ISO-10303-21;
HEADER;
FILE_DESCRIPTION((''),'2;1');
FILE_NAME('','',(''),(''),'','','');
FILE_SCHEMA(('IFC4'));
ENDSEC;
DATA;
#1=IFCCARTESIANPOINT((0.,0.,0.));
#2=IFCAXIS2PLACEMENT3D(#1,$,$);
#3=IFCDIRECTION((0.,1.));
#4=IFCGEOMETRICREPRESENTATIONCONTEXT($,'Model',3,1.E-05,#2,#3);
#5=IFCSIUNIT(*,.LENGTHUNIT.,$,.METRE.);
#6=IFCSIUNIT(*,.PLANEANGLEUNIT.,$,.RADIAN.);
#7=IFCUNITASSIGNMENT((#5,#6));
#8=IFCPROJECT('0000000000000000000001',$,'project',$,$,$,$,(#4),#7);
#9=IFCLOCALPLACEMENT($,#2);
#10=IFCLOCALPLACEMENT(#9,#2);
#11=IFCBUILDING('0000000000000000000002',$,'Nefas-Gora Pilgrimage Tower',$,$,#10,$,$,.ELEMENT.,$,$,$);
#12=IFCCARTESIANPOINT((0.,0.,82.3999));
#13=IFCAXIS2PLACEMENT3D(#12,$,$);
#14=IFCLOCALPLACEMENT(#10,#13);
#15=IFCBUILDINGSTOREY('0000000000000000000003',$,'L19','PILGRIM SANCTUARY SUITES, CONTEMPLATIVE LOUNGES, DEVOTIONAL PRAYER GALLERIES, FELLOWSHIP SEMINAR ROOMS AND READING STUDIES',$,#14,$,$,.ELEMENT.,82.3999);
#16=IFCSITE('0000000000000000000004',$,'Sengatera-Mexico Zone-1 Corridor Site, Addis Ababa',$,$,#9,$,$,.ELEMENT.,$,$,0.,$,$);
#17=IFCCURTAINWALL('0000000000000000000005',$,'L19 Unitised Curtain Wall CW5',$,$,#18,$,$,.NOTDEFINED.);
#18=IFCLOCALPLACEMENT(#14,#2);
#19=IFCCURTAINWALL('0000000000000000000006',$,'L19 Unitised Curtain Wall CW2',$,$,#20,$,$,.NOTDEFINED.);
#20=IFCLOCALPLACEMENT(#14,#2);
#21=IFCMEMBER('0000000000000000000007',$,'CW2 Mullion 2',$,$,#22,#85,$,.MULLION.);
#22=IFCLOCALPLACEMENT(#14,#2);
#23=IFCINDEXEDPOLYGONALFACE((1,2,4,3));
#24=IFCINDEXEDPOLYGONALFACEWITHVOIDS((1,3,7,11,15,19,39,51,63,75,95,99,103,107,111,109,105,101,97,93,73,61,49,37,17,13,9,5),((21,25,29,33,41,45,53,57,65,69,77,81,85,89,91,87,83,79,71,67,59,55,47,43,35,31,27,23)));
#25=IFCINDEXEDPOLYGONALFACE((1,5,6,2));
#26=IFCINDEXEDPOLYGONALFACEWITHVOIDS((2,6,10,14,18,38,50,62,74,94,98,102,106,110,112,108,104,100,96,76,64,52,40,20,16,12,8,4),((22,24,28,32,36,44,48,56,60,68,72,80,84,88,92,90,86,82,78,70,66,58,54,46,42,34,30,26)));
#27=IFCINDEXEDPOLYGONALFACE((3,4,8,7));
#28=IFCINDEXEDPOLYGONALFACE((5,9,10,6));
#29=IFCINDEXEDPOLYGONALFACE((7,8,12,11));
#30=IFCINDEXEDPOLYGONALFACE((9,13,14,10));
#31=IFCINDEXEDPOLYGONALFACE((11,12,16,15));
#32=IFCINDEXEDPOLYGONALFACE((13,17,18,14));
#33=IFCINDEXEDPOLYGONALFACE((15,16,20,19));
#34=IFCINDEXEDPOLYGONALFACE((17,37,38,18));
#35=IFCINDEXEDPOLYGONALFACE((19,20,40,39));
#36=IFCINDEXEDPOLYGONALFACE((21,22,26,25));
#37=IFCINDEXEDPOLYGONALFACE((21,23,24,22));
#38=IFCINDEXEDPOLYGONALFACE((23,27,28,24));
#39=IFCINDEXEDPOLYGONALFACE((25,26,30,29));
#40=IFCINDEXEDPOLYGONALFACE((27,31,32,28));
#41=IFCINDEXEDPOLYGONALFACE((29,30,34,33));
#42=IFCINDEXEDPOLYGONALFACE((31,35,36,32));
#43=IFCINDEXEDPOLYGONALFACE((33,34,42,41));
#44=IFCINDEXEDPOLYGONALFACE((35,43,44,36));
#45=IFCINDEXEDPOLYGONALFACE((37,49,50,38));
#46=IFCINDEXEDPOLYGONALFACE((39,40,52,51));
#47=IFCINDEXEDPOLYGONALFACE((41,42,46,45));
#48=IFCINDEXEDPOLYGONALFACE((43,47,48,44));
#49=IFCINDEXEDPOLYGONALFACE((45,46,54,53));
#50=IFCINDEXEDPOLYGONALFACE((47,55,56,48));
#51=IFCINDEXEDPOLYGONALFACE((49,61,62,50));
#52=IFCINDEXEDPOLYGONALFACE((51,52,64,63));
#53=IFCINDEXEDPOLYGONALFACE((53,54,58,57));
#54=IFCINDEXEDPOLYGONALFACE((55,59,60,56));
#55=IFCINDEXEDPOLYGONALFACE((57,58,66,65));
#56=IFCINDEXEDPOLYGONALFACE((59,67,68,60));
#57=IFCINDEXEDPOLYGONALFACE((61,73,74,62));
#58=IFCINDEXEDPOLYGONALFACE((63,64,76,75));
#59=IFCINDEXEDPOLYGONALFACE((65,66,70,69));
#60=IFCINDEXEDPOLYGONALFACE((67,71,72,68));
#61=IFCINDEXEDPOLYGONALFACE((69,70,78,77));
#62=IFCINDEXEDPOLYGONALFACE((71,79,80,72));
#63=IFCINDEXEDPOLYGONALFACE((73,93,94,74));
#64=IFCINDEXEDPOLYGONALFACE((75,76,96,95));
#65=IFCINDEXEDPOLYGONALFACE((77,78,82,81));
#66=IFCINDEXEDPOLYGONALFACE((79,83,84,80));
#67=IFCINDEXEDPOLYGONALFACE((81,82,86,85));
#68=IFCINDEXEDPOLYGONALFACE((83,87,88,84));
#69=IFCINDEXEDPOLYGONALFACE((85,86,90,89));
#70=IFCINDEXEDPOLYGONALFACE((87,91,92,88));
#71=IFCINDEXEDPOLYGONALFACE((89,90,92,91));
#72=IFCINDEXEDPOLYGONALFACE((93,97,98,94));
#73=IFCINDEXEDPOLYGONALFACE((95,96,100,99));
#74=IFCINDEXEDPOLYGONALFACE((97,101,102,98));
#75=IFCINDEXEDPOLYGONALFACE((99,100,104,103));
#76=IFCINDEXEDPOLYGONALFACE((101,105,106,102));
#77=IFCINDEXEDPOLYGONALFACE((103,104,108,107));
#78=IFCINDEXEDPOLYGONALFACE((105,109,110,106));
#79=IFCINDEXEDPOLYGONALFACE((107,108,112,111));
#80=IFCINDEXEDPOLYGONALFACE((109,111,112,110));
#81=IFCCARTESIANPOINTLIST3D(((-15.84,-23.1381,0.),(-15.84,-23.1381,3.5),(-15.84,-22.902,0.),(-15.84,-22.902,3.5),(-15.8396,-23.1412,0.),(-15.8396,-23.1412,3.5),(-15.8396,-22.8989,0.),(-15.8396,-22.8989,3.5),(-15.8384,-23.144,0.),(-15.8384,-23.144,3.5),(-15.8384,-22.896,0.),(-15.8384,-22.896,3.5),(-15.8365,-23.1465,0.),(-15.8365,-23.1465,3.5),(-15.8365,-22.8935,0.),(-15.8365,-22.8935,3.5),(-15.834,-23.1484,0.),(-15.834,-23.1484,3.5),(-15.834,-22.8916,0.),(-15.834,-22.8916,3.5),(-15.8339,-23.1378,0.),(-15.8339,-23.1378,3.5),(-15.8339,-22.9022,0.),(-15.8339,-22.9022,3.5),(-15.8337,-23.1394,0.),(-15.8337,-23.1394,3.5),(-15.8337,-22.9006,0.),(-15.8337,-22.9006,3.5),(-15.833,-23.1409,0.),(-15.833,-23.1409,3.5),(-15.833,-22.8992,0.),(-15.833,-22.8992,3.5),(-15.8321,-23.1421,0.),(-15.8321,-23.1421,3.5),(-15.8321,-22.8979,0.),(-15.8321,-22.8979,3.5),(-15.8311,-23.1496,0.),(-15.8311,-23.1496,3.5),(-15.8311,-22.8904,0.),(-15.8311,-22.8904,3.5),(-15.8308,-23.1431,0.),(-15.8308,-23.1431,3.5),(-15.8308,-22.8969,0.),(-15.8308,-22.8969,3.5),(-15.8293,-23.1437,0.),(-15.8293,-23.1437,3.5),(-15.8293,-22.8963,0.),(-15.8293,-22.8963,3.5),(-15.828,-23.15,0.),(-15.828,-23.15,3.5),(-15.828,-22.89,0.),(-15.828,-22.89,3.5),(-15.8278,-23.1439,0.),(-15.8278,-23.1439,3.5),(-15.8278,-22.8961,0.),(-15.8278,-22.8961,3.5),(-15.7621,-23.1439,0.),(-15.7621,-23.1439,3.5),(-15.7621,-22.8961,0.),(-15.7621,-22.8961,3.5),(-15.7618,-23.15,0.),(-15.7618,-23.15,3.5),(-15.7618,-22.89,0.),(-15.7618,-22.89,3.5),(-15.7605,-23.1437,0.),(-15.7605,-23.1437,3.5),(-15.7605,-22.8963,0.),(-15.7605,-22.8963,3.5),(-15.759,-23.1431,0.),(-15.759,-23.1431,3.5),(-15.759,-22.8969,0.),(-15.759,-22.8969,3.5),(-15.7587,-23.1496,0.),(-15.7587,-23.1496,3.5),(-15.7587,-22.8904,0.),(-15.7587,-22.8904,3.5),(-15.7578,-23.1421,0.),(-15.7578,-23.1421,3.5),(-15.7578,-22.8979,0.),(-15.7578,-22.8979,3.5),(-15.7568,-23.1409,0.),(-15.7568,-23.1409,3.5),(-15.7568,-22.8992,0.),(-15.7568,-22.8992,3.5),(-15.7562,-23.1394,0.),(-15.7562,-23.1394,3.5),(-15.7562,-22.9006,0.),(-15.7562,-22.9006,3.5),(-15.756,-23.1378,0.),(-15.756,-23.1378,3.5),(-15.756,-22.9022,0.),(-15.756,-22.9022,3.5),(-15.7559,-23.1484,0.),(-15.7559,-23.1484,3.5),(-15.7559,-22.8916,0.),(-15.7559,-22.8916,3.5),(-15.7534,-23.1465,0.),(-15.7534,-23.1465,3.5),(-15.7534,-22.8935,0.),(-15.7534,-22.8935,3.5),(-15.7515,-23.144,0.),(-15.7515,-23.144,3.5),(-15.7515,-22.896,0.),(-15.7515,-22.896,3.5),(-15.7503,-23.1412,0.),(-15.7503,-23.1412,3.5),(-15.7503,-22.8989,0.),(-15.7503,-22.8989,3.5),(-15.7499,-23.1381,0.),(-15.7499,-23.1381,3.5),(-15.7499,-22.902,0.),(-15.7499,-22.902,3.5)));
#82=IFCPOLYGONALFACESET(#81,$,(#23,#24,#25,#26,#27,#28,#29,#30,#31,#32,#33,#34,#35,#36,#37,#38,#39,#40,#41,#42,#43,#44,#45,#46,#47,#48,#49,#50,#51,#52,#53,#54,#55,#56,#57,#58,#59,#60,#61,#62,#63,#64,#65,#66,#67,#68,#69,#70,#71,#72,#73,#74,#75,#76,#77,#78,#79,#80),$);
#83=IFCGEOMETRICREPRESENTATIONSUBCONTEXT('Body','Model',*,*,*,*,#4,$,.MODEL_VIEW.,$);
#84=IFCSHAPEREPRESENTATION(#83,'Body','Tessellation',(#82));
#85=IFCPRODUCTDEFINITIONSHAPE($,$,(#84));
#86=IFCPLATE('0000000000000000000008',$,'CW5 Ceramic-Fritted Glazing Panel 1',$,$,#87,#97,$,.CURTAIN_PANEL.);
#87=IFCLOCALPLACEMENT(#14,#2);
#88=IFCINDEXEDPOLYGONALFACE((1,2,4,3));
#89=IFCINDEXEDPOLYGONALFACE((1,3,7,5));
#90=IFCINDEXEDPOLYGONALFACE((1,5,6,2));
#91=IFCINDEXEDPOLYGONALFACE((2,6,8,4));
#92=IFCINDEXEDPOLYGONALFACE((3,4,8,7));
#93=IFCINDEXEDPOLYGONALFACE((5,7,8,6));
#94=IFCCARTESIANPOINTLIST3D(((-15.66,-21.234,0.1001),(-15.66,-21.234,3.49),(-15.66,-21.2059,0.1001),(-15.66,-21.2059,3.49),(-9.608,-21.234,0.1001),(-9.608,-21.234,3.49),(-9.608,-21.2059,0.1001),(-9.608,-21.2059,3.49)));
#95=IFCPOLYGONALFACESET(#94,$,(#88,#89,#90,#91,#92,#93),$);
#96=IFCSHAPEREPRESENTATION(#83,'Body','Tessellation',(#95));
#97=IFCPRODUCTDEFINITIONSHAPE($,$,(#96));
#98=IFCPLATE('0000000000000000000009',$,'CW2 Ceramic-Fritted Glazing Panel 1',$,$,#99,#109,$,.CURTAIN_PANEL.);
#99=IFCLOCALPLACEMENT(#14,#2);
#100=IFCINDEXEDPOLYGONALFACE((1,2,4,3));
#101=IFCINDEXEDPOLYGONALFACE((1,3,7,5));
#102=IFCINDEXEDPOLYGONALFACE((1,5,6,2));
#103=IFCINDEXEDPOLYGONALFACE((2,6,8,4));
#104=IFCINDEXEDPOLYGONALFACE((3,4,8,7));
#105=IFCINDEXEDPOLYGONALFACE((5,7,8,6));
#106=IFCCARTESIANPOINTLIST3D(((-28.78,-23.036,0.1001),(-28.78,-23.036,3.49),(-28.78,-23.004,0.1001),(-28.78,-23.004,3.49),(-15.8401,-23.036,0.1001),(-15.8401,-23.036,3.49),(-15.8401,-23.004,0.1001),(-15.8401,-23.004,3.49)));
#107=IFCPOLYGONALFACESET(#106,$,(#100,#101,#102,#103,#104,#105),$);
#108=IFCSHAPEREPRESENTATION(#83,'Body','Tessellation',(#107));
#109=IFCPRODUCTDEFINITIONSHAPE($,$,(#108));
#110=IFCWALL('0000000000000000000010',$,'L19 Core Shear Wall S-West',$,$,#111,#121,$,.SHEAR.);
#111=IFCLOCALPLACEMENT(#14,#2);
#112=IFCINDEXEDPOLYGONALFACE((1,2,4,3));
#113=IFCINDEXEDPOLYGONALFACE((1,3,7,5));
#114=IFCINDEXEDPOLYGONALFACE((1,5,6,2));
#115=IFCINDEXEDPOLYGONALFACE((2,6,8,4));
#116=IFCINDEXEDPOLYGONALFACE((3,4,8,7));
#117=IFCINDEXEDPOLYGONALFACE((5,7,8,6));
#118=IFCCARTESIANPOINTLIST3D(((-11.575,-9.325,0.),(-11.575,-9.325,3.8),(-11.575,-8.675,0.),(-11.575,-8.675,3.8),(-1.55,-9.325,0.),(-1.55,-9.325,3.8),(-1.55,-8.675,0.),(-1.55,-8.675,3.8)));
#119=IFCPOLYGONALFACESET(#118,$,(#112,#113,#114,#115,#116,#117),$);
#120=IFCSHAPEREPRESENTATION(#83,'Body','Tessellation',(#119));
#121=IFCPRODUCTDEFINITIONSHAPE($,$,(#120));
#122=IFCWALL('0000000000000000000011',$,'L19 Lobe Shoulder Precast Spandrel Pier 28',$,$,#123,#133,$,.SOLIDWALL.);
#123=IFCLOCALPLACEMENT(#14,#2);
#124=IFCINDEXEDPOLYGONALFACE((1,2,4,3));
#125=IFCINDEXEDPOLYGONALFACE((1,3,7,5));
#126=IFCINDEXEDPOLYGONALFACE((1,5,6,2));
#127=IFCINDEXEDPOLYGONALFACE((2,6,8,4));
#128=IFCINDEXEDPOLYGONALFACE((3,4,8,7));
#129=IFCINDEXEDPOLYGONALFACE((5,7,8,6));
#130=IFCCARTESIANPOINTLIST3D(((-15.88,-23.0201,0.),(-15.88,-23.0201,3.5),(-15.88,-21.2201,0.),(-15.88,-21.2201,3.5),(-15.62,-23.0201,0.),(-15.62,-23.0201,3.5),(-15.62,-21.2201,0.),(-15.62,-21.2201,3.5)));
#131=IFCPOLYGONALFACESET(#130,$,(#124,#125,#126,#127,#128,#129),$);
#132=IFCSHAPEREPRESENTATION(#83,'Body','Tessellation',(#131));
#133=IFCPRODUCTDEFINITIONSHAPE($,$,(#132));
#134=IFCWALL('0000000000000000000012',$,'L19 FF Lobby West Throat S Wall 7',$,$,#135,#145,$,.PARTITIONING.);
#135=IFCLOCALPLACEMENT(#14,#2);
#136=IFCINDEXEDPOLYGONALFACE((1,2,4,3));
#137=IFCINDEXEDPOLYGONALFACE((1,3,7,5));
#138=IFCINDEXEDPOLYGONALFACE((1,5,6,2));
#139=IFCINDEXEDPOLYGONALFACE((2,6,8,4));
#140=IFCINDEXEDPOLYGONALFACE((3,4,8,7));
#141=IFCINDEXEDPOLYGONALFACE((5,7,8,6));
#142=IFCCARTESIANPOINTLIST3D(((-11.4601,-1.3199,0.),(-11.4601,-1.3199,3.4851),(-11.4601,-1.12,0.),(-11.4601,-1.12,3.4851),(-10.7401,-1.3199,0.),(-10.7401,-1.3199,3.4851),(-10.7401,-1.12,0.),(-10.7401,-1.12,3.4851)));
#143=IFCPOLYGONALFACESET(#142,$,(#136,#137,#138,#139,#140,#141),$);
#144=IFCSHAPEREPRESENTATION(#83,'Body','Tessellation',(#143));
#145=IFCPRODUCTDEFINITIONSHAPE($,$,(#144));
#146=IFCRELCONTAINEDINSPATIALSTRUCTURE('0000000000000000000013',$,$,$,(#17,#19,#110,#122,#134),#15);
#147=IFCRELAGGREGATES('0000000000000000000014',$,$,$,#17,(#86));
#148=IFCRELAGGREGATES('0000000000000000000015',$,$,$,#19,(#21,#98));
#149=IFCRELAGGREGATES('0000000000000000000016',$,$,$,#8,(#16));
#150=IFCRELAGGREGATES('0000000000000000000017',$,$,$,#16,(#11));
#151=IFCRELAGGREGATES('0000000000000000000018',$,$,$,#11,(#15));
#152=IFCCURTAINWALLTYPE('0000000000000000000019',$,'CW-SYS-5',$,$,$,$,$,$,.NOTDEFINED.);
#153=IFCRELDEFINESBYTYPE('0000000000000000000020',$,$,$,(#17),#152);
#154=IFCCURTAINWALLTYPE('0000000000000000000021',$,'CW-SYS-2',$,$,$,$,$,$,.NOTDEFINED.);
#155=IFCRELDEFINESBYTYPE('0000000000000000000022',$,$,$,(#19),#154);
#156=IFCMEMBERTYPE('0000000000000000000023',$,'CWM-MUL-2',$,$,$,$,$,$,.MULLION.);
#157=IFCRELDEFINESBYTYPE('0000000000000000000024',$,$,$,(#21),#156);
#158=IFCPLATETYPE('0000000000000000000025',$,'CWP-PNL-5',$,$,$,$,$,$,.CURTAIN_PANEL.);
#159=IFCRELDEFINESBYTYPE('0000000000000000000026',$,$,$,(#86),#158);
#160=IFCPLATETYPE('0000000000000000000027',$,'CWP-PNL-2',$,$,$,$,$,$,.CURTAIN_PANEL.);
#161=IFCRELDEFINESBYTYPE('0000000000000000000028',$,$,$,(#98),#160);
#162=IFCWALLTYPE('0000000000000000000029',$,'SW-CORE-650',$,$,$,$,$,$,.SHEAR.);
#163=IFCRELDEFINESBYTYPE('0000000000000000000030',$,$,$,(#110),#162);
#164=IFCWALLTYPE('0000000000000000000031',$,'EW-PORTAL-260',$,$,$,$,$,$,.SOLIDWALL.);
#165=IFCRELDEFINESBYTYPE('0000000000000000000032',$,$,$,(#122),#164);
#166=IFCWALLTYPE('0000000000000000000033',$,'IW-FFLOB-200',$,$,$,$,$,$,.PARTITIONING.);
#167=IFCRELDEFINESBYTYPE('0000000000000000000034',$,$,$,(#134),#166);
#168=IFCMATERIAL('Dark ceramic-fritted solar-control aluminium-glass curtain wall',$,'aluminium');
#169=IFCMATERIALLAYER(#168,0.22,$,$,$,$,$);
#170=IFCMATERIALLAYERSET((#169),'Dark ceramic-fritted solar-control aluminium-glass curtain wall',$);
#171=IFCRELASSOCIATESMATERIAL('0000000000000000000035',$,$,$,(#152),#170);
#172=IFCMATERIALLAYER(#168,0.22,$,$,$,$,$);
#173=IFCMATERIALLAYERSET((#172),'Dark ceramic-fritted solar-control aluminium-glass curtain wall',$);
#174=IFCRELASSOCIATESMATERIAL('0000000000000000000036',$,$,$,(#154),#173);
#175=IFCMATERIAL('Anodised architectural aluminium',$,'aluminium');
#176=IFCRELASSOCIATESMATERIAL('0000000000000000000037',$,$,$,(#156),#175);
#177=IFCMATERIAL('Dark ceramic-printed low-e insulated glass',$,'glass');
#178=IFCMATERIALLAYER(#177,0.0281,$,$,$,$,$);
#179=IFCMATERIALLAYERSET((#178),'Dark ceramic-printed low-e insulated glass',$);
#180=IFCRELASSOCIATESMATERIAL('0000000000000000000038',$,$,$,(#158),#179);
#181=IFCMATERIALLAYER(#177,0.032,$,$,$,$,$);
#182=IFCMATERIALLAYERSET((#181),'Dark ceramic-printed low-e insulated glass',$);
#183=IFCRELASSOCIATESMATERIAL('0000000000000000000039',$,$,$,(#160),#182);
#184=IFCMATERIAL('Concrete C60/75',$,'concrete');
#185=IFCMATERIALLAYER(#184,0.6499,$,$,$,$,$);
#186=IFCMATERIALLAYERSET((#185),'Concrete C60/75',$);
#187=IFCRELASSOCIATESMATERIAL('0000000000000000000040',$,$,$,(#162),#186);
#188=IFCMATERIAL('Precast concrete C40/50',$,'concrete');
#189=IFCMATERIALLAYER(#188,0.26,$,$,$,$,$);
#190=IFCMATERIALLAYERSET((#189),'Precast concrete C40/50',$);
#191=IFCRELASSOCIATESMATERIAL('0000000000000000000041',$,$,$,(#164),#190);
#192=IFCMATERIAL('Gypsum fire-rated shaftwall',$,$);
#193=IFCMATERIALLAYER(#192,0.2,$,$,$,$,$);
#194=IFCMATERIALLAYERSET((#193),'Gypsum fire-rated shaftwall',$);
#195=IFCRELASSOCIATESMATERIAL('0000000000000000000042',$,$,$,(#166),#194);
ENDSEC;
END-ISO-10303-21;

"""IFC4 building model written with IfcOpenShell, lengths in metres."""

from ifc_helpers import new_model, si_unit, direction, frame, frame_2d, origin, origin_2d, place, context, subcontext, project, spatial, rectangle, hollow_rectangle, extrude, source, transform, mapped, material, layer, layer_set, material_profile, profile_set, type_object, element, aggregate, save


model = new_model("IFC4")

# Units and contexts
model_context = context("Model", 3, precision=1e-05, world=origin(), true_north=direction((0.0, 1.0)))
body_context = subcontext(model_context, "Body", "Model", "MODEL_VIEW")
ifc_project = project(units=[si_unit("LENGTHUNIT", "METRE"), si_unit("PLANEANGLEUNIT", "RADIAN")], contexts=[model_context])

# Site, building, storey
site_placement = place(None, origin())
site = spatial("IfcSite", under=ifc_project, at=site_placement, Name="Sengatera-Mexico Zone-1 Corridor Site, Addis Ababa", CompositionType="ELEMENT", RefElevation=0.0)
building_placement = place(site_placement, origin())
building = spatial("IfcBuilding", under=site, at=building_placement, Name="Nefas-Gora Pilgrimage Tower", CompositionType="ELEMENT")
storey_placement = place(building_placement, frame((0.0, 0.0, 82.3999)))
storey = spatial("IfcBuildingStorey", under=building, at=storey_placement, Name="L19", Description="PILGRIM SANCTUARY SUITES, CONTEMPLATIVE LOUNGES, DEVOTIONAL PRAYER GALLERIES, FELLOWSHIP SEMINAR ROOMS AND READING STUDIES", CompositionType="ELEMENT", Elevation=82.3999)

# Curtain wall
ifc_material_1 = material(Name="Dark ceramic-fritted solar-control aluminium-glass curtain wall", Category="aluminium")
ifc_layer_1 = layer(ifc_material_1, 0.22)
ifc_layer_set_1 = layer_set([ifc_layer_1], Name="Dark ceramic-fritted solar-control aluminium-glass curtain wall")
curtain_wall_type_1 = type_object("IfcCurtainWallType", Name="CW-SYS-5", PredefinedType="NOTDEFINED", material=ifc_layer_set_1)
curtain_wall_1_placement = place(storey_placement, origin())
curtain_wall_1 = element("IfcCurtainWall", 1, at=curtain_wall_1_placement, inside=storey, type_object=curtain_wall_type_1, Name="L19 Unitised Curtain Wall CW5", PredefinedType="NOTDEFINED")
ifc_material_2 = material(Name="Anodised architectural aluminium", Category="aluminium")

# Curtain wall, member
ifc_layer_2 = layer(ifc_material_1, 0.22)
ifc_layer_set_2 = layer_set([ifc_layer_2], Name="Dark ceramic-fritted solar-control aluminium-glass curtain wall")
curtain_wall_type_2 = type_object("IfcCurtainWallType", Name="CW-SYS-2", PredefinedType="NOTDEFINED", material=ifc_layer_set_2)
curtain_wall_2_placement = place(storey_placement, origin())
curtain_wall_2 = element("IfcCurtainWall", 2, at=curtain_wall_2_placement, inside=storey, type_object=curtain_wall_type_2, Name="L19 Unitised Curtain Wall CW2", PredefinedType="NOTDEFINED")
ifc_material_profile_1 = material_profile(ifc_material_2, hollow_rectangle(XDim=0.0901, YDim=0.26, WallThickness=0.0061, InnerFilletRadius=0.0061, OuterFilletRadius=0.012, at=origin_2d()), Name="ALU MULLION 90x260")
ifc_profile_set_1 = profile_set([ifc_material_profile_1], Name="Anodised architectural aluminium")
member_type_1 = type_object("IfcMemberType", Name="CWM-MUL-2", PredefinedType="MULLION", material=ifc_profile_set_1)
shared_shape_1 = source(origin(), body_context, "Body", "SweptSolid", [
    extrude(hollow_rectangle(XDim=0.0901, YDim=0.26, WallThickness=0.0061, InnerFilletRadius=0.0061, OuterFilletRadius=0.012, at=origin_2d()), origin(), (0.0, 0.0, 1.0), 3.5),
])
member_1_placement = place(storey_placement, frame((-15.7949, -23.02, 0.0), z_axis=(0.0, 0.0, 1.0), x_axis=(1.0, 0.0, 0.0)))
member_1 = element("IfcMember", 3, at=member_1_placement, type_object=member_type_1, Name="CW2 Mullion 2", PredefinedType="MULLION", context=body_context, shape_type="MappedRepresentation", body=[
    mapped(shared_shape_1, transform((0.0, 0.0, 0.0), x_axis=(1.0, 0.0, 0.0), y_axis=(0.0, 1.0, 0.0), z_axis=(0.0, 0.0, 1.0), scale=1.0)),
])

# Plates
ifc_material_3 = material(Name="Dark ceramic-printed low-e insulated glass", Category="glass")
ifc_layer_3 = layer(ifc_material_3, 0.0281)
ifc_layer_set_3 = layer_set([ifc_layer_3], Name="Dark ceramic-printed low-e insulated glass")
plate_type_1 = type_object("IfcPlateType", Name="CWP-PNL-5", PredefinedType="CURTAIN_PANEL", material=ifc_layer_set_3)
shared_shape_2 = source(origin(), body_context, "Body", "SweptSolid", [
    extrude(rectangle(XDim=6.052, YDim=0.0281, at=origin_2d()), origin(), (0.0, 0.0, 1.0), 3.3899),
])
plate_1_placement = place(storey_placement, frame((-12.634, -21.22, 0.1001), z_axis=(0.0, 0.0, 1.0), x_axis=(1.0, 0.0, 0.0)))
plate_1 = element("IfcPlate", 4, at=plate_1_placement, type_object=plate_type_1, Name="CW5 Ceramic-Fritted Glazing Panel 1", PredefinedType="CURTAIN_PANEL", context=body_context, shape_type="MappedRepresentation", body=[
    mapped(shared_shape_2, transform((0.0, 0.0, 0.0), x_axis=(1.0, 0.0, 0.0), y_axis=(0.0, 1.0, 0.0), z_axis=(0.0, 0.0, 1.0), scale=1.0)),
])
aggregate(curtain_wall_1, [plate_1])
ifc_layer_4 = layer(ifc_material_3, 0.032)
ifc_layer_set_4 = layer_set([ifc_layer_4], Name="Dark ceramic-printed low-e insulated glass")
plate_type_2 = type_object("IfcPlateType", Name="CWP-PNL-2", PredefinedType="CURTAIN_PANEL", material=ifc_layer_set_4)
shared_shape_3 = source(origin(), body_context, "Body", "SweptSolid", [
    extrude(rectangle(XDim=12.9399, YDim=0.032, at=origin_2d()), origin(), (0.0, 0.0, 1.0), 3.3899),
])
plate_2_placement = place(storey_placement, frame((-22.3101, -23.02, 0.1001), z_axis=(0.0, 0.0, 1.0), x_axis=(1.0, 0.0, 0.0)))
plate_2 = element("IfcPlate", 5, at=plate_2_placement, type_object=plate_type_2, Name="CW2 Ceramic-Fritted Glazing Panel 1", PredefinedType="CURTAIN_PANEL", context=body_context, shape_type="MappedRepresentation", body=[
    mapped(shared_shape_3, transform((0.0, 0.0, 0.0), x_axis=(1.0, 0.0, 0.0), y_axis=(0.0, 1.0, 0.0), z_axis=(0.0, 0.0, 1.0), scale=1.0)),
])
aggregate(curtain_wall_2, [member_1, plate_2])

# Walls
ifc_material_4 = material(Name="Concrete C60/75", Category="concrete")
ifc_layer_5 = layer(ifc_material_4, 0.6499)
ifc_layer_set_5 = layer_set([ifc_layer_5], Name="Concrete C60/75")
wall_type_1 = type_object("IfcWallType", Name="SW-CORE-650", PredefinedType="SHEAR", material=ifc_layer_set_5)
shared_shape_4 = source(origin(), body_context, "Body", "SweptSolid", [
    extrude(rectangle(XDim=10.0249, YDim=0.6499, at=frame_2d((5.0125, 0.0))), origin(), (0.0, 0.0, 1.0), 3.8),
])
wall_1_placement = place(storey_placement, frame((-11.575, -9.0, 0.0), z_axis=(0.0, 0.0, 1.0), x_axis=(1.0, 0.0, 0.0)))
element("IfcWall", 6, at=wall_1_placement, inside=storey, type_object=wall_type_1, Name="L19 Core Shear Wall S-West", PredefinedType="SHEAR", context=body_context, shape_type="MappedRepresentation", body=[
    mapped(shared_shape_4, transform((0.0, 0.0, 0.0), x_axis=(1.0, 0.0, 0.0), y_axis=(0.0, 1.0, 0.0), z_axis=(0.0, 0.0, 1.0), scale=1.0)),
])
ifc_material_5 = material(Name="Precast concrete C40/50", Category="concrete")
ifc_layer_6 = layer(ifc_material_5, 0.26)
ifc_layer_set_6 = layer_set([ifc_layer_6], Name="Precast concrete C40/50")
wall_type_2 = type_object("IfcWallType", Name="EW-PORTAL-260", PredefinedType="SOLIDWALL", material=ifc_layer_set_6)
shared_shape_5 = source(origin(), body_context, "Body", "SweptSolid", [
    extrude(rectangle(XDim=1.8, YDim=0.26, at=frame_2d((0.8999, 0.0))), origin(), (0.0, 0.0, 1.0), 3.5),
])
wall_2_placement = place(storey_placement, frame((-15.75, -23.02, 0.0), z_axis=(0.0, 0.0, 1.0), x_axis=(0.0, 1.0, 0.0)))
element("IfcWall", 7, at=wall_2_placement, inside=storey, type_object=wall_type_2, Name="L19 Lobe Shoulder Precast Spandrel Pier 28", PredefinedType="SOLIDWALL", context=body_context, shape_type="MappedRepresentation", body=[
    mapped(shared_shape_5, transform((0.0, 0.0, 0.0), x_axis=(1.0, 0.0, 0.0), y_axis=(0.0, 1.0, 0.0), z_axis=(0.0, 0.0, 1.0), scale=1.0)),
])

# Shared definitions
ifc_material_6 = material(Name="Gypsum fire-rated shaftwall")
ifc_layer_7 = layer(ifc_material_6, 0.2)
ifc_layer_set_7 = layer_set([ifc_layer_7], Name="Gypsum fire-rated shaftwall")
wall_type_3 = type_object("IfcWallType", Name="IW-FFLOB-200", PredefinedType="PARTITIONING", material=ifc_layer_set_7)

# Wall
shared_shape_6 = source(origin(), body_context, "Body", "SweptSolid", [
    extrude(rectangle(XDim=0.72, YDim=0.2, at=frame_2d((0.3599, 0.0))), origin(), (0.0, 0.0, 1.0), 3.4851),
])
wall_3_placement = place(storey_placement, frame((-11.46, -1.22, 0.0), z_axis=(0.0, 0.0, 1.0), x_axis=(1.0, 0.0, 0.0)))
element("IfcWall", 8, at=wall_3_placement, inside=storey, type_object=wall_type_3, Name="L19 FF Lobby West Throat S Wall 7", PredefinedType="PARTITIONING", context=body_context, shape_type="MappedRepresentation", body=[
    mapped(shared_shape_6, transform((0.0, 0.0, 0.0), x_axis=(1.0, 0.0, 0.0), y_axis=(0.0, 1.0, 0.0), z_axis=(0.0, 0.0, 1.0), scale=1.0)),
])

save(model, "model.ifc")
